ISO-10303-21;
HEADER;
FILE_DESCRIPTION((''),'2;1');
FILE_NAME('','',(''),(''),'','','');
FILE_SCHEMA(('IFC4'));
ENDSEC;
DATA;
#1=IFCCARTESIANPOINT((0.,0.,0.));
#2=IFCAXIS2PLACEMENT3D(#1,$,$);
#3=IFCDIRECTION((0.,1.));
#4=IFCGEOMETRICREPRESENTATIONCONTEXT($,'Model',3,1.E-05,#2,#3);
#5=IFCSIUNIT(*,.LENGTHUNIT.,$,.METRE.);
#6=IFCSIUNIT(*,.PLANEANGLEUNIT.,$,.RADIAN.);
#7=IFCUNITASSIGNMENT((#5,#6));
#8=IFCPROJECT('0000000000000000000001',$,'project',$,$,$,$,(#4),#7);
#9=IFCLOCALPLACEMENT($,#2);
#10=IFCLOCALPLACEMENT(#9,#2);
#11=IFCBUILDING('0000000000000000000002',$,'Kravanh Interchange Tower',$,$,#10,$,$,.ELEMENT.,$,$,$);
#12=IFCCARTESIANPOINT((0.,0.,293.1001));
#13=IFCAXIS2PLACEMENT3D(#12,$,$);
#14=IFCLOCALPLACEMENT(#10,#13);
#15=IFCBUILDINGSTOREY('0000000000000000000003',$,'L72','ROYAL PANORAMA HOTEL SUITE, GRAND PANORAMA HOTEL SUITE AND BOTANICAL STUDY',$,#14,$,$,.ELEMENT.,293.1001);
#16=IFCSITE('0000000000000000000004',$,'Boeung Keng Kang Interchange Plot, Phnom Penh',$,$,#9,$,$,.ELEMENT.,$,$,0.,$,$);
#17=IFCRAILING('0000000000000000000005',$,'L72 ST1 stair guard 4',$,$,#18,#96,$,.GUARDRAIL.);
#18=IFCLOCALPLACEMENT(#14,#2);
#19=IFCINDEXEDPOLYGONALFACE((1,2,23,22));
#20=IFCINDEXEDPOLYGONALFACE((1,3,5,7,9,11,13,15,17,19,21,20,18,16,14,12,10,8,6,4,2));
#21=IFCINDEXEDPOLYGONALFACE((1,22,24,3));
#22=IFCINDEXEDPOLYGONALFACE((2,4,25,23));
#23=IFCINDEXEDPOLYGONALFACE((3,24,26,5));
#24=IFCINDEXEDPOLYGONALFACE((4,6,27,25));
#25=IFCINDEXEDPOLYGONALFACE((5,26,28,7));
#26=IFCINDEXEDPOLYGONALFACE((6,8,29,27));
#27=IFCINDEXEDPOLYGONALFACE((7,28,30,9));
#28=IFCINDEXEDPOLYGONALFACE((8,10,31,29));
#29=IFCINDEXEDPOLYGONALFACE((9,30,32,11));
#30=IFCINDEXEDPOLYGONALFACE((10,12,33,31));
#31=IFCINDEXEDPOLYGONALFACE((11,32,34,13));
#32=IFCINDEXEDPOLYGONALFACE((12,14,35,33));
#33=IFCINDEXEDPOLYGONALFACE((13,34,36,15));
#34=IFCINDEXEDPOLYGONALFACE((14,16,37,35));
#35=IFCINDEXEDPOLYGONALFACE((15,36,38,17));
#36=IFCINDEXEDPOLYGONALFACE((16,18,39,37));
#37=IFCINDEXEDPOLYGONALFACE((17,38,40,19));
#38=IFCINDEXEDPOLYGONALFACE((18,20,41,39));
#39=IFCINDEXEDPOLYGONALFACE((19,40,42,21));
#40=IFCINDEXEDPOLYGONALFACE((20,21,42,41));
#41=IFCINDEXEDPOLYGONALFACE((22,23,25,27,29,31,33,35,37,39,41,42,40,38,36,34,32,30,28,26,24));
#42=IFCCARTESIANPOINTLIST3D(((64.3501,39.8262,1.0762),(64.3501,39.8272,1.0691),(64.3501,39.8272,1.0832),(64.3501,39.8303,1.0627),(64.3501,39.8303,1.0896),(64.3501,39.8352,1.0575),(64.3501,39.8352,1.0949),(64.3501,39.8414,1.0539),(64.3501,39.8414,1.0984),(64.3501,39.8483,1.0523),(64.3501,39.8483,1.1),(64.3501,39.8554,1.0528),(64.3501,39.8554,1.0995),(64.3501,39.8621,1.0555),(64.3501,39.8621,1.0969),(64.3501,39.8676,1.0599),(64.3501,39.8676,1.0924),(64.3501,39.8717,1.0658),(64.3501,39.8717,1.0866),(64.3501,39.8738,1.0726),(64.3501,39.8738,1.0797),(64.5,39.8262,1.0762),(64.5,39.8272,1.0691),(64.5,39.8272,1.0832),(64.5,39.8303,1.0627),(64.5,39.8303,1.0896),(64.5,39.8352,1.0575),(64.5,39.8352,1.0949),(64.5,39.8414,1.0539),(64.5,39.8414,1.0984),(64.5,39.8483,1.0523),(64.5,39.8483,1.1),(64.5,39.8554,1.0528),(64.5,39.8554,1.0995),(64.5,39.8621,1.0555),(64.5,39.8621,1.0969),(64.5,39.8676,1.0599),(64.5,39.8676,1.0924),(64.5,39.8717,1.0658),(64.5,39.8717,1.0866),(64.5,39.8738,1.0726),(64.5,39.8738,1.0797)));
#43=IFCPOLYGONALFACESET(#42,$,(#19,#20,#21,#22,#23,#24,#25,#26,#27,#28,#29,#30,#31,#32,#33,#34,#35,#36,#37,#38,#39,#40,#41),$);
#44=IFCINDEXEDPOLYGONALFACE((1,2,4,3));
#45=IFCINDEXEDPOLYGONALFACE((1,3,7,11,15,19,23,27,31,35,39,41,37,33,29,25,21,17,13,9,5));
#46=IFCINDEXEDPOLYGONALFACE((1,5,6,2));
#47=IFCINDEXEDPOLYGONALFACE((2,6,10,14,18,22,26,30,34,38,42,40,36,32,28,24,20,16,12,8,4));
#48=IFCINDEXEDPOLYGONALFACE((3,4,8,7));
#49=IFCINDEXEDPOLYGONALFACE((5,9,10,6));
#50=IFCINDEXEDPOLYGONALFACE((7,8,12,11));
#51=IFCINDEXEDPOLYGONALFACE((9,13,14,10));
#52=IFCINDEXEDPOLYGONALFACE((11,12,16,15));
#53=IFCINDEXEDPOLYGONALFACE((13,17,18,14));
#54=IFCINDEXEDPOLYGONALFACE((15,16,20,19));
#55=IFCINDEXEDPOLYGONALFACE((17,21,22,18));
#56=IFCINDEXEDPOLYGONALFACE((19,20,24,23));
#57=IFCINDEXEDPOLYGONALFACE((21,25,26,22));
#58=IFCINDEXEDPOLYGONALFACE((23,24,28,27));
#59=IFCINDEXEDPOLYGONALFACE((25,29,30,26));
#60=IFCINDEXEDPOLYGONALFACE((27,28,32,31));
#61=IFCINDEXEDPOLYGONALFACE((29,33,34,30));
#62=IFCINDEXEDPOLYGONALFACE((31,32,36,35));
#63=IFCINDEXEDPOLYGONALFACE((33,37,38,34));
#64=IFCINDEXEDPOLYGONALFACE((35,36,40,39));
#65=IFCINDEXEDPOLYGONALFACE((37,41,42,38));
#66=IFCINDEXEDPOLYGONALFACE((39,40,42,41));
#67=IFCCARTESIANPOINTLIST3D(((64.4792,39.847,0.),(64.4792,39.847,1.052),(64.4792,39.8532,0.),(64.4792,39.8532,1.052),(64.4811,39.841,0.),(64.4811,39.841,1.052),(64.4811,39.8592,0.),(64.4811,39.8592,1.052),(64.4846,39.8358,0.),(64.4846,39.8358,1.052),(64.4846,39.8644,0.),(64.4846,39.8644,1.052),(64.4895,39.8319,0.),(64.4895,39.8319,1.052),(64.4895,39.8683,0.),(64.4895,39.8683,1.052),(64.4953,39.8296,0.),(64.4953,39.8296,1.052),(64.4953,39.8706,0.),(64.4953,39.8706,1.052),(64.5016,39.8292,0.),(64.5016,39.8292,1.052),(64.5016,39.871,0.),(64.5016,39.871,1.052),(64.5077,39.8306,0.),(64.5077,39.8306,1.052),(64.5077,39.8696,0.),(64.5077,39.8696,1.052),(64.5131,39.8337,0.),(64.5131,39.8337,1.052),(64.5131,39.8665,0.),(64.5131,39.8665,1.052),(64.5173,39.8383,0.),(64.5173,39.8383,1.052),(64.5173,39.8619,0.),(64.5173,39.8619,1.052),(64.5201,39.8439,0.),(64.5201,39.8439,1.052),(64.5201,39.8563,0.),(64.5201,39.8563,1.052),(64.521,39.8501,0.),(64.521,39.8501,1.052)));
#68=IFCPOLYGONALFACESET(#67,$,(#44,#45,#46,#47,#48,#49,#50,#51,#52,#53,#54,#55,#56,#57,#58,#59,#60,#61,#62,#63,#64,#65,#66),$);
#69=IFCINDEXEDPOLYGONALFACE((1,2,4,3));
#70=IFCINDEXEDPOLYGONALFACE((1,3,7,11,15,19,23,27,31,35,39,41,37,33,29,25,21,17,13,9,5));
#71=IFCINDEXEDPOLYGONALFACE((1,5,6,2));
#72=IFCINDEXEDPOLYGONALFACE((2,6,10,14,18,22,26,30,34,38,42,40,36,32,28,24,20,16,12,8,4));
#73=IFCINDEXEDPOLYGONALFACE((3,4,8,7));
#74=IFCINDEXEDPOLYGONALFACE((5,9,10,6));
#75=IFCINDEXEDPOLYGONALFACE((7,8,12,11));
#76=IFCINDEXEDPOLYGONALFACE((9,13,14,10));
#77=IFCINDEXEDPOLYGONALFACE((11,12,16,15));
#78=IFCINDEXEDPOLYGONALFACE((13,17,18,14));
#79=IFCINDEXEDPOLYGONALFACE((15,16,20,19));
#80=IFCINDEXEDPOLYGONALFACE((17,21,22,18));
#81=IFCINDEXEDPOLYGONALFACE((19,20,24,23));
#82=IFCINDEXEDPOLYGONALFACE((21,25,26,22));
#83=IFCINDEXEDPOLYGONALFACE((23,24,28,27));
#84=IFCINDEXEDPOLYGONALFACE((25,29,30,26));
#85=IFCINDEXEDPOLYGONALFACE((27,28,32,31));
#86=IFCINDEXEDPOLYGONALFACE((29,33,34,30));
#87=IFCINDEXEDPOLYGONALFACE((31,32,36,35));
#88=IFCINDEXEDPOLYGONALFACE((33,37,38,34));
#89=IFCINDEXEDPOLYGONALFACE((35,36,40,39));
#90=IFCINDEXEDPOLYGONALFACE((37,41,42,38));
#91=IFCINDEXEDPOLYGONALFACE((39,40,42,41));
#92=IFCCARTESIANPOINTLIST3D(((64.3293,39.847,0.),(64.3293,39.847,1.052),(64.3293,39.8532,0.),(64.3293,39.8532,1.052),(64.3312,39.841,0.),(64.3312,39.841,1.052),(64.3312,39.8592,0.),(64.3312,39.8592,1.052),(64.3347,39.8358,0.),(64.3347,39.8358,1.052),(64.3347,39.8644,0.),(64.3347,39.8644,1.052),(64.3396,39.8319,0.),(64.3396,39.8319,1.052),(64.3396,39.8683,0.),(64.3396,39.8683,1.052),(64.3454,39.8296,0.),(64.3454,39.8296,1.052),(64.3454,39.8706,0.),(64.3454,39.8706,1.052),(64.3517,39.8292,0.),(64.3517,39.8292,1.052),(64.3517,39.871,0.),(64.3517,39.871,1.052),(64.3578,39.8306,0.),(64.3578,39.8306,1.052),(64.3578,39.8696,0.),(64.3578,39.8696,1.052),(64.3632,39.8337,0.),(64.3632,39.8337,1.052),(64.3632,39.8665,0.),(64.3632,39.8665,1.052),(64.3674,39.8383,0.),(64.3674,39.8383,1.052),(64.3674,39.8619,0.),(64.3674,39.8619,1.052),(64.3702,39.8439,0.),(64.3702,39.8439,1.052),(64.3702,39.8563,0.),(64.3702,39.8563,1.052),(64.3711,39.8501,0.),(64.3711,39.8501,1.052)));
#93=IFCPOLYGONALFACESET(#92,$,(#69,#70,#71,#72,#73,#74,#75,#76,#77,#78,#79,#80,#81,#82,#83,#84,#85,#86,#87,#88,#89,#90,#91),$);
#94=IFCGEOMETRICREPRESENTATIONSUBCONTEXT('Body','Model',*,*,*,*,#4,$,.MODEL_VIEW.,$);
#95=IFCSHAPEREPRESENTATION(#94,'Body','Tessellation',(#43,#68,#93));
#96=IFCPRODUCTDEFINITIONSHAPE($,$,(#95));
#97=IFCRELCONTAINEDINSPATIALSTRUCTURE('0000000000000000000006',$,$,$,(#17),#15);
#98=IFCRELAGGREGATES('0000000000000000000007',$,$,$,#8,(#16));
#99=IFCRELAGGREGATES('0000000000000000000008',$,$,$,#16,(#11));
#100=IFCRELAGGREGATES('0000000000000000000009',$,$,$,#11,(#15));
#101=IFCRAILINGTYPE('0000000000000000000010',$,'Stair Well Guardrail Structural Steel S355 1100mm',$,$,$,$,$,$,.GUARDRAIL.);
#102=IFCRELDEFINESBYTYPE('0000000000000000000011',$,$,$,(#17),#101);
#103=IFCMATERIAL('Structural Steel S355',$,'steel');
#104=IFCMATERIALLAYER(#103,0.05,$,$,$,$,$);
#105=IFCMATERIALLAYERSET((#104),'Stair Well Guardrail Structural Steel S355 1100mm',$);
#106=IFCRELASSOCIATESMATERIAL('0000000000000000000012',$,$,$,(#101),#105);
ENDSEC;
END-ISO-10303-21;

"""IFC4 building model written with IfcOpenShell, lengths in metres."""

from ifc_helpers import new_model, si_unit, direction, frame, origin, origin_2d, place, context, subcontext, project, spatial, circle, extrude, material, layer, layer_set, type_object, element, save


model = new_model("IFC4")

# Units and contexts
model_context = context("Model", 3, precision=1e-05, world=origin(), true_north=direction((0.0, 1.0)))
body_context = subcontext(model_context, "Body", "Model", "MODEL_VIEW")
ifc_project = project(units=[si_unit("LENGTHUNIT", "METRE"), si_unit("PLANEANGLEUNIT", "RADIAN")], contexts=[model_context])

# Site, building, storey
site_placement = place(None, origin())
site = spatial("IfcSite", under=ifc_project, at=site_placement, Name="Boeung Keng Kang Interchange Plot, Phnom Penh", CompositionType="ELEMENT", RefElevation=0.0)
building_placement = place(site_placement, origin())
building = spatial("IfcBuilding", under=site, at=building_placement, Name="Kravanh Interchange Tower", CompositionType="ELEMENT")
storey_placement = place(building_placement, frame((0.0, 0.0, 293.1001)))
storey = spatial("IfcBuildingStorey", under=building, at=storey_placement, Name="L72", Description="ROYAL PANORAMA HOTEL SUITE, GRAND PANORAMA HOTEL SUITE AND BOTANICAL STUDY", CompositionType="ELEMENT", Elevation=293.1001)

# Railing
ifc_material_1 = material(Name="Structural Steel S355", Category="steel")
ifc_layer_1 = layer(ifc_material_1, 0.05)
ifc_layer_set_1 = layer_set([ifc_layer_1], Name="Stair Well Guardrail Structural Steel S355 1100mm")
railing_type_1 = type_object("IfcRailingType", Name="Stair Well Guardrail Structural Steel S355 1100mm", PredefinedType="GUARDRAIL", material=ifc_layer_set_1)
railing_1_placement = place(storey_placement, frame((64.5, 39.8501, 0.0)))
element("IfcRailing", 1, at=railing_1_placement, inside=storey, type_object=railing_type_1, Name="L72 ST1 stair guard 4", PredefinedType="GUARDRAIL", context=body_context, shape_type="SweptSolid", body=[
    extrude(circle(Radius=0.0239, at=origin_2d()), frame((0.0, 0.0, 1.0762), z_axis=(-1.0, 0.0, 0.0), x_axis=(0.0, -1.0, 0.0)), (0.0, 0.0, 1.0), 0.1499),
    extrude(circle(Radius=0.021, at=origin_2d()), origin(), (0.0, 0.0, 1.0), 1.052),
    extrude(circle(Radius=0.021, at=origin_2d()), frame((-0.1499, 0.0, 0.0)), (0.0, 0.0, 1.0), 1.052),
])

save(model, "model.ifc")
